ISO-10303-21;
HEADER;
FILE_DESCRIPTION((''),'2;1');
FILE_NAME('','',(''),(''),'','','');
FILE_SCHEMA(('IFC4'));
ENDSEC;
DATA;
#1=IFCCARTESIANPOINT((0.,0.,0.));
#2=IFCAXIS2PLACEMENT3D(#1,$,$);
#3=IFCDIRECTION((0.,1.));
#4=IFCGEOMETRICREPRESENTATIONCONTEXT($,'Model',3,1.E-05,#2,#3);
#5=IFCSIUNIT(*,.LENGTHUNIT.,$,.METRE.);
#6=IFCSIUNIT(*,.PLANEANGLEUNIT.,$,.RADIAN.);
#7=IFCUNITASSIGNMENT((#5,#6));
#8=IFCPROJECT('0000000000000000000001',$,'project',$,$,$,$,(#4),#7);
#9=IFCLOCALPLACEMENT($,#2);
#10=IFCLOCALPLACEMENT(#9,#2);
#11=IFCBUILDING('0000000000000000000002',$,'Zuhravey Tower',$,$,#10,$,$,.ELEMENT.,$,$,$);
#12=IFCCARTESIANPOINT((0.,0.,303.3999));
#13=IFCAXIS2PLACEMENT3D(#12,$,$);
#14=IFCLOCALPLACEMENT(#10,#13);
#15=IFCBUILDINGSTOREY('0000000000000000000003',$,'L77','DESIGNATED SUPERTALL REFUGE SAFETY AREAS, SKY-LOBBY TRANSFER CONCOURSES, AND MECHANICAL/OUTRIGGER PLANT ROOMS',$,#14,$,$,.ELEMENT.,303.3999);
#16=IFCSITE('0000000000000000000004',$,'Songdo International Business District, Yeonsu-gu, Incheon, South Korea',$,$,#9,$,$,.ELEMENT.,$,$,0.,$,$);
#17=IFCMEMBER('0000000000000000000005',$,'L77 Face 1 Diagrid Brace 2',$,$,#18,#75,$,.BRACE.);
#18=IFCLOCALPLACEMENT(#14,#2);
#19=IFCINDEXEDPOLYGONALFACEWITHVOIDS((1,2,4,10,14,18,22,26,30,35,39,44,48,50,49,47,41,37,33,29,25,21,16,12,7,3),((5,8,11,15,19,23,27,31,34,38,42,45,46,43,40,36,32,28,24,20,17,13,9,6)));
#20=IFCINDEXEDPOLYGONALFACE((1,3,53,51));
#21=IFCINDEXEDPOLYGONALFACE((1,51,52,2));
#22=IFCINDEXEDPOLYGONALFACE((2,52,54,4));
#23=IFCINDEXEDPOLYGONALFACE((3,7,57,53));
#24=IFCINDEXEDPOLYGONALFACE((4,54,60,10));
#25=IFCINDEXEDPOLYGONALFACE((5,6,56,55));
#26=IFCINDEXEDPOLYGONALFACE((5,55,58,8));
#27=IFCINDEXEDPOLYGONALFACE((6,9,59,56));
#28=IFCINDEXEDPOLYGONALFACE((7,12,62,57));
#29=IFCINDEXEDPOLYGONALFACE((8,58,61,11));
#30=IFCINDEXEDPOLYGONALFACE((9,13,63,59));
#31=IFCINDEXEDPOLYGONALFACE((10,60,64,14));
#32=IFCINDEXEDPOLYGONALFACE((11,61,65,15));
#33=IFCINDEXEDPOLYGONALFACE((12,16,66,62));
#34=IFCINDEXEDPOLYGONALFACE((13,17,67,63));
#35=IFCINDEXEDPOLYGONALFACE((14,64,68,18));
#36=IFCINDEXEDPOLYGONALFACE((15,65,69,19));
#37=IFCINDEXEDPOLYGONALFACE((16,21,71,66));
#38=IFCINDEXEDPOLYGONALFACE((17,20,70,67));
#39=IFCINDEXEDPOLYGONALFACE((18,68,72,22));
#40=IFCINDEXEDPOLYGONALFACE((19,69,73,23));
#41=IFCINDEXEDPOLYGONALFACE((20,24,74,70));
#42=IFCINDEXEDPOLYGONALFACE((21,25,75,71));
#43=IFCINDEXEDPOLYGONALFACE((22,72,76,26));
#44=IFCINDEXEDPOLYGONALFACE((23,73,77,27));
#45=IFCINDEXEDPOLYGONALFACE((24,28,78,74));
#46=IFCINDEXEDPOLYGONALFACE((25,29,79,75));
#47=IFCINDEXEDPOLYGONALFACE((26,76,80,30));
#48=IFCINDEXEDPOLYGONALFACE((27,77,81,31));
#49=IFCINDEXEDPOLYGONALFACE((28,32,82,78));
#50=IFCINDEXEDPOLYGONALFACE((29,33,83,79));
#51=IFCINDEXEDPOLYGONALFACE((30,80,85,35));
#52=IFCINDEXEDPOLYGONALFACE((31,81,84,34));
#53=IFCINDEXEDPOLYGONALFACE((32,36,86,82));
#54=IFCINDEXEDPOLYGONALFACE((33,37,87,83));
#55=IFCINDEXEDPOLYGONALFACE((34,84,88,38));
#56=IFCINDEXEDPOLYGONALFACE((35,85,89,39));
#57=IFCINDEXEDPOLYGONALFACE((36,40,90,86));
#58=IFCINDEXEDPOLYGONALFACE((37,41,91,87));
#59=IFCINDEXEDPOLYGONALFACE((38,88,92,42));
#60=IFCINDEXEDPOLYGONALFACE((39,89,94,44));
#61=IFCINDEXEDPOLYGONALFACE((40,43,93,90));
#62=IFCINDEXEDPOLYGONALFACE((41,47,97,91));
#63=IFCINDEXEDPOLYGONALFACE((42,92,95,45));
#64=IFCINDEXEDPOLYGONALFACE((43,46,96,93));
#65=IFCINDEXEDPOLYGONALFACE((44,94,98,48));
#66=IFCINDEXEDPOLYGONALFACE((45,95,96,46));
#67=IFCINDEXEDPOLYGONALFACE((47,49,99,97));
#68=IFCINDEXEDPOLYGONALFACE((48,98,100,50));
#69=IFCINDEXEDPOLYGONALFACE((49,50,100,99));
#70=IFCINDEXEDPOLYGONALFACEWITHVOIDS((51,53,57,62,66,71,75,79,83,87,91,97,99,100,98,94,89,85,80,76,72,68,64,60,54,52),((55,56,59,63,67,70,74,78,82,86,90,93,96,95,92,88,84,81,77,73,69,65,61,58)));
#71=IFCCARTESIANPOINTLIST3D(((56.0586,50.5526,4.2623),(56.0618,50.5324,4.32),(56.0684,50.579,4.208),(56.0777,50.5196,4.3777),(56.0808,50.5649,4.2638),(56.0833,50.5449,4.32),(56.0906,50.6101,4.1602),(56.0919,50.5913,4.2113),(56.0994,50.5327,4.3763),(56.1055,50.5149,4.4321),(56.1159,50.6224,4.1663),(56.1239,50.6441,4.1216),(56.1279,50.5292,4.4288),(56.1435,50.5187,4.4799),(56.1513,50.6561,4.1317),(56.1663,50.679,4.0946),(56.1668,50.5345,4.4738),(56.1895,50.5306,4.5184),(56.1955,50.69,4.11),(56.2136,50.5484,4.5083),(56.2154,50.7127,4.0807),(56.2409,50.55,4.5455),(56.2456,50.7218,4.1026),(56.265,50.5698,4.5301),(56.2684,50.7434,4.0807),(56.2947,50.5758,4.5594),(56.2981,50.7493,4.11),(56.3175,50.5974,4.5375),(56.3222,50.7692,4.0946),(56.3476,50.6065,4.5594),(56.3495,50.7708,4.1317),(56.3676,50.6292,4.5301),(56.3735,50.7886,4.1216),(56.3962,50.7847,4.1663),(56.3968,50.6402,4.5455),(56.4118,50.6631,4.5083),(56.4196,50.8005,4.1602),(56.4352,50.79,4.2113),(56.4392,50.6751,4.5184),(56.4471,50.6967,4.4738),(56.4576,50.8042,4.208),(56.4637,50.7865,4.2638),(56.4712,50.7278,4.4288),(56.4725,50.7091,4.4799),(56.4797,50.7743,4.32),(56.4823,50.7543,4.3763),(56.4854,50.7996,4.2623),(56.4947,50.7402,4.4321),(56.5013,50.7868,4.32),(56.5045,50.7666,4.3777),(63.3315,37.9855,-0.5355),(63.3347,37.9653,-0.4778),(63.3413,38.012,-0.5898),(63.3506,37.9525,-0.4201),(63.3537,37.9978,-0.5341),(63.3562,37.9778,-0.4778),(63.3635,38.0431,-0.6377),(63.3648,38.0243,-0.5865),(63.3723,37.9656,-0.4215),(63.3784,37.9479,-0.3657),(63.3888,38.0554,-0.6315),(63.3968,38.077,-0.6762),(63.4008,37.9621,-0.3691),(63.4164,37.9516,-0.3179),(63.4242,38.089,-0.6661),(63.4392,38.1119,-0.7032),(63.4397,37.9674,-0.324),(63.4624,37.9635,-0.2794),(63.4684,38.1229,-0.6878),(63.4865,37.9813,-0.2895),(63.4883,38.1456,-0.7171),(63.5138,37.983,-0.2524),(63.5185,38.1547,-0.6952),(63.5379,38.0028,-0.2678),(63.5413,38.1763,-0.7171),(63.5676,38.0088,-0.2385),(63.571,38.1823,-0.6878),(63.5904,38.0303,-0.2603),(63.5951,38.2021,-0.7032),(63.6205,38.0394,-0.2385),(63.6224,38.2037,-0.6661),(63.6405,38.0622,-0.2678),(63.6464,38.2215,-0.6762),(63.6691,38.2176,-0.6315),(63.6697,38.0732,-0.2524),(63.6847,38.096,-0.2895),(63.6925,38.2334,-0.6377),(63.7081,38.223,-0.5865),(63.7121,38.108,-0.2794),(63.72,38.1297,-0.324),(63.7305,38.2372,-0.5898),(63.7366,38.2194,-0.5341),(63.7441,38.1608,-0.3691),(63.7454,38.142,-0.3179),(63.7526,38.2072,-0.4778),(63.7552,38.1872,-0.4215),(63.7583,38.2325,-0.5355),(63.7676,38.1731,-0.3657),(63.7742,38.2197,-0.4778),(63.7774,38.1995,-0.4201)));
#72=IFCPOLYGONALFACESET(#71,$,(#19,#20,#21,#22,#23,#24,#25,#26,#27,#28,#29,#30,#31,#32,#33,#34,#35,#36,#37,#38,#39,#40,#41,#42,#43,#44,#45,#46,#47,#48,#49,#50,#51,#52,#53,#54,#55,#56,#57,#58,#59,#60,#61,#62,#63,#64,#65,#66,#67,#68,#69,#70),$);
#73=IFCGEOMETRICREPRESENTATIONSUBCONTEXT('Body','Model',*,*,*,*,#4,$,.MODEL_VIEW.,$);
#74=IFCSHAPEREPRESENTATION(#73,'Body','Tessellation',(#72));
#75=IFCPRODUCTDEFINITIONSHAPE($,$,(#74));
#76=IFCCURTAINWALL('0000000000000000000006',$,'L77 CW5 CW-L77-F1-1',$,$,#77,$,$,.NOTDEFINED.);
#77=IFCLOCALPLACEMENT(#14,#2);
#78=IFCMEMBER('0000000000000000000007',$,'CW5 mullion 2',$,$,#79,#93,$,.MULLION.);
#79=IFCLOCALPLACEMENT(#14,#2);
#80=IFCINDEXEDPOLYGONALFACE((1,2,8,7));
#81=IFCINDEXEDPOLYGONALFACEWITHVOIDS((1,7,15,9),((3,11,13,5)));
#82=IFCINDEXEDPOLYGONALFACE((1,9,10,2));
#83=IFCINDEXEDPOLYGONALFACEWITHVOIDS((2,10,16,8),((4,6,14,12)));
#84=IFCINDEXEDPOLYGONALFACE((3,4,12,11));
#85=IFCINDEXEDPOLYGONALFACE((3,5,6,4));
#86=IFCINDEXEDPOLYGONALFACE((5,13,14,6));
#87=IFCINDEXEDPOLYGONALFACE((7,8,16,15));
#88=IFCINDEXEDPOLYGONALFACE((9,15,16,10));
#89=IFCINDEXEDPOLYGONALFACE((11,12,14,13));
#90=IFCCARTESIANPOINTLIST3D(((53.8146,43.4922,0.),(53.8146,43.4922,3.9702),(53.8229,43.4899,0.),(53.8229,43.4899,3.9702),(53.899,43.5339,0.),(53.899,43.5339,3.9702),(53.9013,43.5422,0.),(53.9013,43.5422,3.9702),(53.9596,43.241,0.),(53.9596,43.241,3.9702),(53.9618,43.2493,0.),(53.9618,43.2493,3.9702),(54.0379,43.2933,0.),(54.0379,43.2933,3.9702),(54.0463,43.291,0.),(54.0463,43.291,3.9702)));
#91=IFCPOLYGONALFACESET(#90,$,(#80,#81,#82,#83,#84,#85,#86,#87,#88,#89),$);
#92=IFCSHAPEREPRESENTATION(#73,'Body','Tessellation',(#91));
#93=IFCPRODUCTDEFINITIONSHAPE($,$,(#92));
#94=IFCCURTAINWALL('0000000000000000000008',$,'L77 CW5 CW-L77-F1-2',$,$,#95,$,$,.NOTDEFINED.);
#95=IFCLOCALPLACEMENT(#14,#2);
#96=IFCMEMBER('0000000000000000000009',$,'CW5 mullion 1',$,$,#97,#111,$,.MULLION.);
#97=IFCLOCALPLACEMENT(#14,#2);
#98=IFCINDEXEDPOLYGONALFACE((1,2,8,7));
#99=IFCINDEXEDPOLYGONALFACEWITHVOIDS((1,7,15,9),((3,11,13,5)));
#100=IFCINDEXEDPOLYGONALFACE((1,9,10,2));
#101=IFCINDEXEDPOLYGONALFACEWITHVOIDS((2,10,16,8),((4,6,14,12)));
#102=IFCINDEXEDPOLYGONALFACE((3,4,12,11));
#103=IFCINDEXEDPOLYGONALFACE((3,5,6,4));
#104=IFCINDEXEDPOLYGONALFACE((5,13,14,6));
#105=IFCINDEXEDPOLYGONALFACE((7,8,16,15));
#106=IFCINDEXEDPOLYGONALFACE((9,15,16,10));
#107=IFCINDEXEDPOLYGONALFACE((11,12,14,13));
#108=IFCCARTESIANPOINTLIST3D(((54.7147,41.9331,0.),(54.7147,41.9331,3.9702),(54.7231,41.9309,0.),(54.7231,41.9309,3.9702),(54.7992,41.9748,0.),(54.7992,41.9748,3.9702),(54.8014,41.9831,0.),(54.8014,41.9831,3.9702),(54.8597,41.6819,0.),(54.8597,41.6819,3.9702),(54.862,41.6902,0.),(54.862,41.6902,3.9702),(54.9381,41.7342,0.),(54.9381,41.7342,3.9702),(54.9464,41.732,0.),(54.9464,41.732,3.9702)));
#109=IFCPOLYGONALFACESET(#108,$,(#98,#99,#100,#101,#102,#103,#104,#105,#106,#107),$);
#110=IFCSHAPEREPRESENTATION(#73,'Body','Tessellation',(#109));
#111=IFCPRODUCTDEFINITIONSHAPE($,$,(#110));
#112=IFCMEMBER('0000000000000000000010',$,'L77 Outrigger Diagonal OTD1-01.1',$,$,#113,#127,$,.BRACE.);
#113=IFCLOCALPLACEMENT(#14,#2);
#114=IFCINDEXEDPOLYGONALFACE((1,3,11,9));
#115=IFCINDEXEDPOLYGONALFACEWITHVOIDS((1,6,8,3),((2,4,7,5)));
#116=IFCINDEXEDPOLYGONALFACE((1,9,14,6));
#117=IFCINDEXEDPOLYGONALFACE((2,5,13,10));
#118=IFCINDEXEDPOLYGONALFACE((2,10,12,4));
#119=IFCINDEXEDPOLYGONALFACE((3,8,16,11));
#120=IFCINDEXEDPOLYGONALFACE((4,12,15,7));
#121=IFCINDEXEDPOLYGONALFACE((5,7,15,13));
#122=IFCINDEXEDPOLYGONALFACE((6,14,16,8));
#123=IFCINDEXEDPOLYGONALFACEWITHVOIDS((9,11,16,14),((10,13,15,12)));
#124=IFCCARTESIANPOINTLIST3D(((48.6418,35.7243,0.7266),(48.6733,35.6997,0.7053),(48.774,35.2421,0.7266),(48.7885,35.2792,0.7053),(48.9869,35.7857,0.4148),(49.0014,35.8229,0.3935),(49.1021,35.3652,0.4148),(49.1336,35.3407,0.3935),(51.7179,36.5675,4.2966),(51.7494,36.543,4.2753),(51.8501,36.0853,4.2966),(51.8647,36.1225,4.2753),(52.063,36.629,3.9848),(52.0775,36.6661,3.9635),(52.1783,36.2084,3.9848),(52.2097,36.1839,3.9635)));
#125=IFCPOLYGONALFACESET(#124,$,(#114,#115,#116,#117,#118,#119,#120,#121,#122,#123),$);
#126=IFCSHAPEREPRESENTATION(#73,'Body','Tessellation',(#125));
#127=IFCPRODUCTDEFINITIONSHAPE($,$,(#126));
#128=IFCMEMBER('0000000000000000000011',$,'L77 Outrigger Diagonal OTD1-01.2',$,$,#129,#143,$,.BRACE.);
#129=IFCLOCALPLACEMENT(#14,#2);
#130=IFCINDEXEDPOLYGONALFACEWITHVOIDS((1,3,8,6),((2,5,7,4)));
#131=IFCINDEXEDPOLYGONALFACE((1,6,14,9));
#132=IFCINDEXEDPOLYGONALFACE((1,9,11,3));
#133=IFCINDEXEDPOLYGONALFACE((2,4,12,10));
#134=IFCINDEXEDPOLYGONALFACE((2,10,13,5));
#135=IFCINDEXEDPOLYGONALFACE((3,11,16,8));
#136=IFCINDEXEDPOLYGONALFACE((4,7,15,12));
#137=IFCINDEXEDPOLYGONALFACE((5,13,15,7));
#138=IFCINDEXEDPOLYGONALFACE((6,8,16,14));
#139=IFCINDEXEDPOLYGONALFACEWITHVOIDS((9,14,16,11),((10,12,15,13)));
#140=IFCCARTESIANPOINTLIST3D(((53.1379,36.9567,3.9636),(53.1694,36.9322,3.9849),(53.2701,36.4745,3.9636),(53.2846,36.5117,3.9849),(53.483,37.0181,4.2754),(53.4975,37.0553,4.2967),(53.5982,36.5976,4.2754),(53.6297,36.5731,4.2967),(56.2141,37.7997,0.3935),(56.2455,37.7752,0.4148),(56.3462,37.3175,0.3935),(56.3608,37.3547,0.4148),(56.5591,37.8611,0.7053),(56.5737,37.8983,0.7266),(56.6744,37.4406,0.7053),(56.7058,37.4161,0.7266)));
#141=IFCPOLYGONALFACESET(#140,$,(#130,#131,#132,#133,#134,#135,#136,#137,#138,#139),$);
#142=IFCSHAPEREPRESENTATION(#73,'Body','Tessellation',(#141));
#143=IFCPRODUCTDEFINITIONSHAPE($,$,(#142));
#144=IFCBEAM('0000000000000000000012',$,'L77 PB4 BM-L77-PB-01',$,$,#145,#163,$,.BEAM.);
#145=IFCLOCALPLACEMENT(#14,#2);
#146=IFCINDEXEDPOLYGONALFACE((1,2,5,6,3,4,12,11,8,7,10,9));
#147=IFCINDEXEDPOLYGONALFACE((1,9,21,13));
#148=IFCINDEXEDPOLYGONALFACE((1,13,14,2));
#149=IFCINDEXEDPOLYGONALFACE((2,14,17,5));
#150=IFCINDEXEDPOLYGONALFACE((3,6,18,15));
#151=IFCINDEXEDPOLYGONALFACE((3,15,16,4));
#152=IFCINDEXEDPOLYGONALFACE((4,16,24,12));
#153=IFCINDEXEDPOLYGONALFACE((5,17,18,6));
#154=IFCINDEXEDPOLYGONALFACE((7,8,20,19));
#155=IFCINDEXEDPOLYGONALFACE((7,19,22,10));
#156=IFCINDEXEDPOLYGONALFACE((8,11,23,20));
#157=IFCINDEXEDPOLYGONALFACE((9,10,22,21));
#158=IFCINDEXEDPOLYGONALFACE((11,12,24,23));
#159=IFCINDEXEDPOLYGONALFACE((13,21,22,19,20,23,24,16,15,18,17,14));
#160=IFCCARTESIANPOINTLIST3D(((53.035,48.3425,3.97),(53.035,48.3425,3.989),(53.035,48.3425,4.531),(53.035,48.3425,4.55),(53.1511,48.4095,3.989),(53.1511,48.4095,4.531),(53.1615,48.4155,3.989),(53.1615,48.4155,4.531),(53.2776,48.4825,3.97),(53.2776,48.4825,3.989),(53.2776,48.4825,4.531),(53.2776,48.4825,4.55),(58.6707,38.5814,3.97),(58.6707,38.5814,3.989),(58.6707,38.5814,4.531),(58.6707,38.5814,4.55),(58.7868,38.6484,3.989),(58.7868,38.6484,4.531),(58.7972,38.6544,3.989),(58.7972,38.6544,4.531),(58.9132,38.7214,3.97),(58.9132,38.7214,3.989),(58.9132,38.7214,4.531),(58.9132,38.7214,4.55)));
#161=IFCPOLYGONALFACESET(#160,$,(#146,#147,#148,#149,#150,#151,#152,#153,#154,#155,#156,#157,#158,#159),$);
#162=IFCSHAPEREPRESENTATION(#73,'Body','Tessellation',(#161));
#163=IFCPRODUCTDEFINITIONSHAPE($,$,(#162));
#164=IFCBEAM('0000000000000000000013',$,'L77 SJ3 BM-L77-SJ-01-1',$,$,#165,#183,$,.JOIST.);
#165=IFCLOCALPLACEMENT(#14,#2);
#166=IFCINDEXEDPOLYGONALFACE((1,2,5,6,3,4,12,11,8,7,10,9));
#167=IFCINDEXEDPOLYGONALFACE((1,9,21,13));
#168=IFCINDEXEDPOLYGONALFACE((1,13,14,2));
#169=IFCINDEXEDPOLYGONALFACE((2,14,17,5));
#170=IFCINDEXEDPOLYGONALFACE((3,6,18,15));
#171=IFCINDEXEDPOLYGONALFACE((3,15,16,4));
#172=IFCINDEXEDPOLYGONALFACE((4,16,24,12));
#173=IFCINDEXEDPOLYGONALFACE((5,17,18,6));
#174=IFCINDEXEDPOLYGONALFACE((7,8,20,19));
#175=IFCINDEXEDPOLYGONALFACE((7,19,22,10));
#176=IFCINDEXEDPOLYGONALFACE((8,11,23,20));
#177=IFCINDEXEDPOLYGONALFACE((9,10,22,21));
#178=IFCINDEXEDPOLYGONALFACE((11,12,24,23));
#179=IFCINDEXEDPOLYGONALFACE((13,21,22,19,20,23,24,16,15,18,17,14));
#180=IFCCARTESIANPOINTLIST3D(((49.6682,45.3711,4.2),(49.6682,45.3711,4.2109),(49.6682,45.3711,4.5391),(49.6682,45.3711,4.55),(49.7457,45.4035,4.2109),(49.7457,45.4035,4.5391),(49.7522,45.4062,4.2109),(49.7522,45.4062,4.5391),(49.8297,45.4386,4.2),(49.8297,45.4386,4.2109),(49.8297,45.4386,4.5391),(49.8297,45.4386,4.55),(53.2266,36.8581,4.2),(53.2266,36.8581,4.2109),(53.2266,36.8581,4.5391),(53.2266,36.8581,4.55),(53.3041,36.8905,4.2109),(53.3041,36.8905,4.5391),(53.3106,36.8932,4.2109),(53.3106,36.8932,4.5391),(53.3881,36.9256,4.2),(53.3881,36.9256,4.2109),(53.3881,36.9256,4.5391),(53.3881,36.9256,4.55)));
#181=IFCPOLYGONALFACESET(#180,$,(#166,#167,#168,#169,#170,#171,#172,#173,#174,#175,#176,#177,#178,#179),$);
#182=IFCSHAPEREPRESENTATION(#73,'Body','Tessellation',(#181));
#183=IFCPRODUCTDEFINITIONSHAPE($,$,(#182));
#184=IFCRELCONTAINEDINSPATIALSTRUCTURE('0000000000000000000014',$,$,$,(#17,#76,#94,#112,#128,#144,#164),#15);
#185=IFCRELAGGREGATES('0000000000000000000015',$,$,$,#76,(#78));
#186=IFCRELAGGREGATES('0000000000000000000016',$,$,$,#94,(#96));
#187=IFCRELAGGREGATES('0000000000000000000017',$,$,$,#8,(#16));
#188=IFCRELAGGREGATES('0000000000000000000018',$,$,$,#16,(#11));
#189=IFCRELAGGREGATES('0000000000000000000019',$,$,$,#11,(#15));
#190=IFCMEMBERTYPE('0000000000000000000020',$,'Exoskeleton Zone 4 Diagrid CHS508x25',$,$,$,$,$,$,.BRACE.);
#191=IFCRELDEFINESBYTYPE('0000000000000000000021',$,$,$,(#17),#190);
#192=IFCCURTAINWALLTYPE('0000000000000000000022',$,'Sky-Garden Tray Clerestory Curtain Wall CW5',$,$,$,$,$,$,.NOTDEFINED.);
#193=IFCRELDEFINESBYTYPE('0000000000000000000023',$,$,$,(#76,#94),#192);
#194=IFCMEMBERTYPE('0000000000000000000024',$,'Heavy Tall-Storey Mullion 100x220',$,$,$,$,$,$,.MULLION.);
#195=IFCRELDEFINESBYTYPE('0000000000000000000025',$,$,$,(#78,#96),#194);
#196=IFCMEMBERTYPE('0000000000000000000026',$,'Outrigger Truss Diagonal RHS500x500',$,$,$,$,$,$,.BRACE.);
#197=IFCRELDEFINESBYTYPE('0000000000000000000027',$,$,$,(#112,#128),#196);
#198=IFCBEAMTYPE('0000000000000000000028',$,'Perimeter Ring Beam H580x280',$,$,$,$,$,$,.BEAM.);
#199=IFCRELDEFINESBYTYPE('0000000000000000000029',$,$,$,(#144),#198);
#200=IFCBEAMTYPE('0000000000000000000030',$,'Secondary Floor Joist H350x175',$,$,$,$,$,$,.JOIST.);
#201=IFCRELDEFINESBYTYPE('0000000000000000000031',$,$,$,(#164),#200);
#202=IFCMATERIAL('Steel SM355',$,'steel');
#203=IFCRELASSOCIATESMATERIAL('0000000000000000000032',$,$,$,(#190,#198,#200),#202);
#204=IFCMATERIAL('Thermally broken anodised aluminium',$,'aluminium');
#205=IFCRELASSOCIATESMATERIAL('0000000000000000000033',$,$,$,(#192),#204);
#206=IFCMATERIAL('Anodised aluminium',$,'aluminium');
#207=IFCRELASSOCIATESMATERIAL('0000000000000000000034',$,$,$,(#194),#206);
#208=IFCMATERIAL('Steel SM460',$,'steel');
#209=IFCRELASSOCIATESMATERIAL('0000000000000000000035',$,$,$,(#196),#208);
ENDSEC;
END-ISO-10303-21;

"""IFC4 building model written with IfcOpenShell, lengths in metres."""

from ifc_helpers import new_model, si_unit, direction, frame, origin, origin_2d, place, context, subcontext, project, spatial, hollow_rectangle, hollow_circle, i_section, extrude, material, material_profile, profile_set, type_object, element, aggregate, save


model = new_model("IFC4")

# Units and contexts
model_context = context("Model", 3, precision=1e-05, world=origin(), true_north=direction((0.0, 1.0)))
body_context = subcontext(model_context, "Body", "Model", "MODEL_VIEW")
ifc_project = project(units=[si_unit("LENGTHUNIT", "METRE"), si_unit("PLANEANGLEUNIT", "RADIAN")], contexts=[model_context])

# Site, building, storey
site_placement = place(None, origin())
site = spatial("IfcSite", under=ifc_project, at=site_placement, Name="Songdo International Business District, Yeonsu-gu, Incheon, South Korea", CompositionType="ELEMENT", RefElevation=0.0)
building_placement = place(site_placement, origin())
building = spatial("IfcBuilding", under=site, at=building_placement, Name="Zuhravey Tower", CompositionType="ELEMENT")
storey_placement = place(building_placement, frame((0.0, 0.0, 303.3999)))
storey = spatial("IfcBuildingStorey", under=building, at=storey_placement, Name="L77", Description="DESIGNATED SUPERTALL REFUGE SAFETY AREAS, SKY-LOBBY TRANSFER CONCOURSES, AND MECHANICAL/OUTRIGGER PLANT ROOMS", CompositionType="ELEMENT", Elevation=303.3999)

# Shared definitions
ifc_material_1 = material(Name="Steel SM355", Category="steel")

# Shared definitions
ifc_material_2 = material(Name="Steel SM460", Category="steel")

# Member
ifc_material_profile_1 = material_profile(ifc_material_1, hollow_circle(Radius=0.2539, WallThickness=0.0249, at=origin_2d()), Name="CHS-508.0x25")
ifc_profile_set_1 = profile_set([ifc_material_profile_1], Name="Steel SM355")
member_type_1 = type_object("IfcMemberType", Name="Exoskeleton Zone 4 Diagrid CHS508x25", PredefinedType="BRACE", material=ifc_profile_set_1)
member_1_placement = place(storey_placement, frame((63.5544, 38.0925, -0.4778), z_axis=(-0.475602, 0.821806, 0.313747), x_axis=(-0.865509, -0.500894, 0.0)))
element("IfcMember", 1, at=member_1_placement, inside=storey, type_object=member_type_1, Name="L77 Face 1 Diagrid Brace 2", PredefinedType="BRACE", context=body_context, shape_type="SweptSolid", body=[
    extrude(hollow_circle(Radius=0.2539, WallThickness=0.0249, at=origin_2d()), origin(), (0.0, 0.0, 1.0), 15.292),
])

# Curtain walls, members
ifc_material_3 = material(Name="Thermally broken anodised aluminium", Category="aluminium")
curtain_wall_type = type_object("IfcCurtainWallType", Name="Sky-Garden Tray Clerestory Curtain Wall CW5", PredefinedType="NOTDEFINED", material=ifc_material_3)
curtain_wall_1_placement = place(storey_placement, origin())
curtain_wall_1 = element("IfcCurtainWall", 2, at=curtain_wall_1_placement, inside=storey, type_object=curtain_wall_type, Name="L77 CW5 CW-L77-F1-1", PredefinedType="NOTDEFINED")
ifc_material_4 = material(Name="Anodised aluminium", Category="aluminium")
ifc_material_profile_2 = material_profile(ifc_material_4, hollow_rectangle(XDim=0.1001, YDim=0.29, WallThickness=0.0061, at=origin_2d()), Name="ALU-RHS-100x290x6")
ifc_profile_set_2 = profile_set([ifc_material_profile_2], Name="Anodised aluminium")
member_type_2 = type_object("IfcMemberType", Name="Heavy Tall-Storey Mullion 100x220", PredefinedType="MULLION", material=ifc_profile_set_2)
member_2_placement = place(storey_placement, frame((53.9304, 43.3916, 0.0), z_axis=(0.0, 0.0, 1.0), x_axis=(0.866028, 0.499996, 0.0)))
member_2 = element("IfcMember", 3, at=member_2_placement, type_object=member_type_2, Name="CW5 mullion 2", PredefinedType="MULLION", context=body_context, shape_type="SweptSolid", body=[
    extrude(hollow_rectangle(XDim=0.1001, YDim=0.29, WallThickness=0.0061, at=origin_2d()), origin(), (0.0, 0.0, 1.0), 3.9702),
])
aggregate(curtain_wall_1, [member_2])
curtain_wall_2_placement = place(storey_placement, origin())
curtain_wall_2 = element("IfcCurtainWall", 4, at=curtain_wall_2_placement, inside=storey, type_object=curtain_wall_type, Name="L77 CW5 CW-L77-F1-2", PredefinedType="NOTDEFINED")
member_3_placement = place(storey_placement, frame((54.8306, 41.8325, 0.0), z_axis=(0.0, 0.0, 1.0), x_axis=(0.866023, 0.500004, 0.0)))
member_3 = element("IfcMember", 5, at=member_3_placement, type_object=member_type_2, Name="CW5 mullion 1", PredefinedType="MULLION", context=body_context, shape_type="SweptSolid", body=[
    extrude(hollow_rectangle(XDim=0.1001, YDim=0.29, WallThickness=0.0061, at=origin_2d()), origin(), (0.0, 0.0, 1.0), 3.9702),
])

# Members
ifc_material_profile_3 = material_profile(ifc_material_2, hollow_rectangle(XDim=0.5, YDim=0.5, WallThickness=0.032, at=origin_2d()), Name="RHS-500x500x32")
ifc_profile_set_3 = profile_set([ifc_material_profile_3], Name="Steel SM460")
member_type_3 = type_object("IfcMemberType", Name="Outrigger Truss Diagonal RHS500x500", PredefinedType="BRACE", material=ifc_profile_set_3)
for number, where, z_axis, x_axis, name in (
    (6, (48.8877, 35.5325, 0.5601), (0.642554, 0.176141, 0.74572), (-0.264374, 0.96442, 0.0), "L77 Outrigger Diagonal OTD1-01.1"),
    (7, (56.46, 37.6079, 0.5601), (-0.64256, -0.176092, 0.745727), (0.264302, -0.96444, 0.0), "L77 Outrigger Diagonal OTD1-01.2"),
):
    element("IfcMember", number, at=place(storey_placement, frame(where, z_axis=z_axis, x_axis=x_axis)), inside=storey, type_object=member_type_3, Name=name, PredefinedType="BRACE", context=body_context, shape_type="SweptSolid", body=[
        extrude(hollow_rectangle(XDim=0.5, YDim=0.5, WallThickness=0.032, at=origin_2d()), origin(), (0.0, 0.0, 1.0), 4.7874),
    ])

# Beams
ifc_material_profile_4 = material_profile(ifc_material_1, i_section(OverallWidth=0.28, OverallDepth=0.5801, WebThickness=0.012, FlangeThickness=0.019, at=origin_2d()), Name="H-580x280x12x19")
ifc_profile_set_4 = profile_set([ifc_material_profile_4], Name="Steel SM355")
beam_type_1 = type_object("IfcBeamType", Name="Perimeter Ring Beam H580x280", PredefinedType="BEAM", material=ifc_profile_set_4)
beam_1_placement = place(storey_placement, frame((58.792, 38.6514, 4.26), z_axis=(-0.500006, 0.866022, 0.0), x_axis=(-0.866022, -0.500006, 0.0)))
element("IfcBeam", 8, at=beam_1_placement, inside=storey, type_object=beam_type_1, Name="L77 PB4 BM-L77-PB-01", PredefinedType="BEAM", context=body_context, shape_type="SweptSolid", body=[
    extrude(i_section(OverallWidth=0.28, OverallDepth=0.5801, WebThickness=0.012, FlangeThickness=0.019, at=origin_2d()), origin(), (0.0, 0.0, 1.0), 11.2712),
])
ifc_material_profile_5 = material_profile(ifc_material_1, i_section(OverallWidth=0.175, OverallDepth=0.3501, WebThickness=0.0071, FlangeThickness=0.011, at=origin_2d()), Name="H-350x175x7x11")
ifc_profile_set_5 = profile_set([ifc_material_profile_5], Name="Steel SM355")
beam_type_2 = type_object("IfcBeamType", Name="Secondary Floor Joist H350x175", PredefinedType="JOIST", material=ifc_profile_set_5)
beam_2_placement = place(storey_placement, frame((53.3074, 36.8918, 4.375), z_axis=(-0.385658, 0.922642, 0.0), x_axis=(-0.922642, -0.385658, 0.0)))
element("IfcBeam", 9, at=beam_2_placement, inside=storey, type_object=beam_type_2, Name="L77 SJ3 BM-L77-SJ-01-1", PredefinedType="JOIST", context=body_context, shape_type="SweptSolid", body=[
    extrude(i_section(OverallWidth=0.175, OverallDepth=0.3501, WebThickness=0.0071, FlangeThickness=0.011, at=origin_2d()), origin(), (0.0, 0.0, 1.0), 9.2268),
])

aggregate(curtain_wall_2, [member_3])

save(model, "model.ifc")
